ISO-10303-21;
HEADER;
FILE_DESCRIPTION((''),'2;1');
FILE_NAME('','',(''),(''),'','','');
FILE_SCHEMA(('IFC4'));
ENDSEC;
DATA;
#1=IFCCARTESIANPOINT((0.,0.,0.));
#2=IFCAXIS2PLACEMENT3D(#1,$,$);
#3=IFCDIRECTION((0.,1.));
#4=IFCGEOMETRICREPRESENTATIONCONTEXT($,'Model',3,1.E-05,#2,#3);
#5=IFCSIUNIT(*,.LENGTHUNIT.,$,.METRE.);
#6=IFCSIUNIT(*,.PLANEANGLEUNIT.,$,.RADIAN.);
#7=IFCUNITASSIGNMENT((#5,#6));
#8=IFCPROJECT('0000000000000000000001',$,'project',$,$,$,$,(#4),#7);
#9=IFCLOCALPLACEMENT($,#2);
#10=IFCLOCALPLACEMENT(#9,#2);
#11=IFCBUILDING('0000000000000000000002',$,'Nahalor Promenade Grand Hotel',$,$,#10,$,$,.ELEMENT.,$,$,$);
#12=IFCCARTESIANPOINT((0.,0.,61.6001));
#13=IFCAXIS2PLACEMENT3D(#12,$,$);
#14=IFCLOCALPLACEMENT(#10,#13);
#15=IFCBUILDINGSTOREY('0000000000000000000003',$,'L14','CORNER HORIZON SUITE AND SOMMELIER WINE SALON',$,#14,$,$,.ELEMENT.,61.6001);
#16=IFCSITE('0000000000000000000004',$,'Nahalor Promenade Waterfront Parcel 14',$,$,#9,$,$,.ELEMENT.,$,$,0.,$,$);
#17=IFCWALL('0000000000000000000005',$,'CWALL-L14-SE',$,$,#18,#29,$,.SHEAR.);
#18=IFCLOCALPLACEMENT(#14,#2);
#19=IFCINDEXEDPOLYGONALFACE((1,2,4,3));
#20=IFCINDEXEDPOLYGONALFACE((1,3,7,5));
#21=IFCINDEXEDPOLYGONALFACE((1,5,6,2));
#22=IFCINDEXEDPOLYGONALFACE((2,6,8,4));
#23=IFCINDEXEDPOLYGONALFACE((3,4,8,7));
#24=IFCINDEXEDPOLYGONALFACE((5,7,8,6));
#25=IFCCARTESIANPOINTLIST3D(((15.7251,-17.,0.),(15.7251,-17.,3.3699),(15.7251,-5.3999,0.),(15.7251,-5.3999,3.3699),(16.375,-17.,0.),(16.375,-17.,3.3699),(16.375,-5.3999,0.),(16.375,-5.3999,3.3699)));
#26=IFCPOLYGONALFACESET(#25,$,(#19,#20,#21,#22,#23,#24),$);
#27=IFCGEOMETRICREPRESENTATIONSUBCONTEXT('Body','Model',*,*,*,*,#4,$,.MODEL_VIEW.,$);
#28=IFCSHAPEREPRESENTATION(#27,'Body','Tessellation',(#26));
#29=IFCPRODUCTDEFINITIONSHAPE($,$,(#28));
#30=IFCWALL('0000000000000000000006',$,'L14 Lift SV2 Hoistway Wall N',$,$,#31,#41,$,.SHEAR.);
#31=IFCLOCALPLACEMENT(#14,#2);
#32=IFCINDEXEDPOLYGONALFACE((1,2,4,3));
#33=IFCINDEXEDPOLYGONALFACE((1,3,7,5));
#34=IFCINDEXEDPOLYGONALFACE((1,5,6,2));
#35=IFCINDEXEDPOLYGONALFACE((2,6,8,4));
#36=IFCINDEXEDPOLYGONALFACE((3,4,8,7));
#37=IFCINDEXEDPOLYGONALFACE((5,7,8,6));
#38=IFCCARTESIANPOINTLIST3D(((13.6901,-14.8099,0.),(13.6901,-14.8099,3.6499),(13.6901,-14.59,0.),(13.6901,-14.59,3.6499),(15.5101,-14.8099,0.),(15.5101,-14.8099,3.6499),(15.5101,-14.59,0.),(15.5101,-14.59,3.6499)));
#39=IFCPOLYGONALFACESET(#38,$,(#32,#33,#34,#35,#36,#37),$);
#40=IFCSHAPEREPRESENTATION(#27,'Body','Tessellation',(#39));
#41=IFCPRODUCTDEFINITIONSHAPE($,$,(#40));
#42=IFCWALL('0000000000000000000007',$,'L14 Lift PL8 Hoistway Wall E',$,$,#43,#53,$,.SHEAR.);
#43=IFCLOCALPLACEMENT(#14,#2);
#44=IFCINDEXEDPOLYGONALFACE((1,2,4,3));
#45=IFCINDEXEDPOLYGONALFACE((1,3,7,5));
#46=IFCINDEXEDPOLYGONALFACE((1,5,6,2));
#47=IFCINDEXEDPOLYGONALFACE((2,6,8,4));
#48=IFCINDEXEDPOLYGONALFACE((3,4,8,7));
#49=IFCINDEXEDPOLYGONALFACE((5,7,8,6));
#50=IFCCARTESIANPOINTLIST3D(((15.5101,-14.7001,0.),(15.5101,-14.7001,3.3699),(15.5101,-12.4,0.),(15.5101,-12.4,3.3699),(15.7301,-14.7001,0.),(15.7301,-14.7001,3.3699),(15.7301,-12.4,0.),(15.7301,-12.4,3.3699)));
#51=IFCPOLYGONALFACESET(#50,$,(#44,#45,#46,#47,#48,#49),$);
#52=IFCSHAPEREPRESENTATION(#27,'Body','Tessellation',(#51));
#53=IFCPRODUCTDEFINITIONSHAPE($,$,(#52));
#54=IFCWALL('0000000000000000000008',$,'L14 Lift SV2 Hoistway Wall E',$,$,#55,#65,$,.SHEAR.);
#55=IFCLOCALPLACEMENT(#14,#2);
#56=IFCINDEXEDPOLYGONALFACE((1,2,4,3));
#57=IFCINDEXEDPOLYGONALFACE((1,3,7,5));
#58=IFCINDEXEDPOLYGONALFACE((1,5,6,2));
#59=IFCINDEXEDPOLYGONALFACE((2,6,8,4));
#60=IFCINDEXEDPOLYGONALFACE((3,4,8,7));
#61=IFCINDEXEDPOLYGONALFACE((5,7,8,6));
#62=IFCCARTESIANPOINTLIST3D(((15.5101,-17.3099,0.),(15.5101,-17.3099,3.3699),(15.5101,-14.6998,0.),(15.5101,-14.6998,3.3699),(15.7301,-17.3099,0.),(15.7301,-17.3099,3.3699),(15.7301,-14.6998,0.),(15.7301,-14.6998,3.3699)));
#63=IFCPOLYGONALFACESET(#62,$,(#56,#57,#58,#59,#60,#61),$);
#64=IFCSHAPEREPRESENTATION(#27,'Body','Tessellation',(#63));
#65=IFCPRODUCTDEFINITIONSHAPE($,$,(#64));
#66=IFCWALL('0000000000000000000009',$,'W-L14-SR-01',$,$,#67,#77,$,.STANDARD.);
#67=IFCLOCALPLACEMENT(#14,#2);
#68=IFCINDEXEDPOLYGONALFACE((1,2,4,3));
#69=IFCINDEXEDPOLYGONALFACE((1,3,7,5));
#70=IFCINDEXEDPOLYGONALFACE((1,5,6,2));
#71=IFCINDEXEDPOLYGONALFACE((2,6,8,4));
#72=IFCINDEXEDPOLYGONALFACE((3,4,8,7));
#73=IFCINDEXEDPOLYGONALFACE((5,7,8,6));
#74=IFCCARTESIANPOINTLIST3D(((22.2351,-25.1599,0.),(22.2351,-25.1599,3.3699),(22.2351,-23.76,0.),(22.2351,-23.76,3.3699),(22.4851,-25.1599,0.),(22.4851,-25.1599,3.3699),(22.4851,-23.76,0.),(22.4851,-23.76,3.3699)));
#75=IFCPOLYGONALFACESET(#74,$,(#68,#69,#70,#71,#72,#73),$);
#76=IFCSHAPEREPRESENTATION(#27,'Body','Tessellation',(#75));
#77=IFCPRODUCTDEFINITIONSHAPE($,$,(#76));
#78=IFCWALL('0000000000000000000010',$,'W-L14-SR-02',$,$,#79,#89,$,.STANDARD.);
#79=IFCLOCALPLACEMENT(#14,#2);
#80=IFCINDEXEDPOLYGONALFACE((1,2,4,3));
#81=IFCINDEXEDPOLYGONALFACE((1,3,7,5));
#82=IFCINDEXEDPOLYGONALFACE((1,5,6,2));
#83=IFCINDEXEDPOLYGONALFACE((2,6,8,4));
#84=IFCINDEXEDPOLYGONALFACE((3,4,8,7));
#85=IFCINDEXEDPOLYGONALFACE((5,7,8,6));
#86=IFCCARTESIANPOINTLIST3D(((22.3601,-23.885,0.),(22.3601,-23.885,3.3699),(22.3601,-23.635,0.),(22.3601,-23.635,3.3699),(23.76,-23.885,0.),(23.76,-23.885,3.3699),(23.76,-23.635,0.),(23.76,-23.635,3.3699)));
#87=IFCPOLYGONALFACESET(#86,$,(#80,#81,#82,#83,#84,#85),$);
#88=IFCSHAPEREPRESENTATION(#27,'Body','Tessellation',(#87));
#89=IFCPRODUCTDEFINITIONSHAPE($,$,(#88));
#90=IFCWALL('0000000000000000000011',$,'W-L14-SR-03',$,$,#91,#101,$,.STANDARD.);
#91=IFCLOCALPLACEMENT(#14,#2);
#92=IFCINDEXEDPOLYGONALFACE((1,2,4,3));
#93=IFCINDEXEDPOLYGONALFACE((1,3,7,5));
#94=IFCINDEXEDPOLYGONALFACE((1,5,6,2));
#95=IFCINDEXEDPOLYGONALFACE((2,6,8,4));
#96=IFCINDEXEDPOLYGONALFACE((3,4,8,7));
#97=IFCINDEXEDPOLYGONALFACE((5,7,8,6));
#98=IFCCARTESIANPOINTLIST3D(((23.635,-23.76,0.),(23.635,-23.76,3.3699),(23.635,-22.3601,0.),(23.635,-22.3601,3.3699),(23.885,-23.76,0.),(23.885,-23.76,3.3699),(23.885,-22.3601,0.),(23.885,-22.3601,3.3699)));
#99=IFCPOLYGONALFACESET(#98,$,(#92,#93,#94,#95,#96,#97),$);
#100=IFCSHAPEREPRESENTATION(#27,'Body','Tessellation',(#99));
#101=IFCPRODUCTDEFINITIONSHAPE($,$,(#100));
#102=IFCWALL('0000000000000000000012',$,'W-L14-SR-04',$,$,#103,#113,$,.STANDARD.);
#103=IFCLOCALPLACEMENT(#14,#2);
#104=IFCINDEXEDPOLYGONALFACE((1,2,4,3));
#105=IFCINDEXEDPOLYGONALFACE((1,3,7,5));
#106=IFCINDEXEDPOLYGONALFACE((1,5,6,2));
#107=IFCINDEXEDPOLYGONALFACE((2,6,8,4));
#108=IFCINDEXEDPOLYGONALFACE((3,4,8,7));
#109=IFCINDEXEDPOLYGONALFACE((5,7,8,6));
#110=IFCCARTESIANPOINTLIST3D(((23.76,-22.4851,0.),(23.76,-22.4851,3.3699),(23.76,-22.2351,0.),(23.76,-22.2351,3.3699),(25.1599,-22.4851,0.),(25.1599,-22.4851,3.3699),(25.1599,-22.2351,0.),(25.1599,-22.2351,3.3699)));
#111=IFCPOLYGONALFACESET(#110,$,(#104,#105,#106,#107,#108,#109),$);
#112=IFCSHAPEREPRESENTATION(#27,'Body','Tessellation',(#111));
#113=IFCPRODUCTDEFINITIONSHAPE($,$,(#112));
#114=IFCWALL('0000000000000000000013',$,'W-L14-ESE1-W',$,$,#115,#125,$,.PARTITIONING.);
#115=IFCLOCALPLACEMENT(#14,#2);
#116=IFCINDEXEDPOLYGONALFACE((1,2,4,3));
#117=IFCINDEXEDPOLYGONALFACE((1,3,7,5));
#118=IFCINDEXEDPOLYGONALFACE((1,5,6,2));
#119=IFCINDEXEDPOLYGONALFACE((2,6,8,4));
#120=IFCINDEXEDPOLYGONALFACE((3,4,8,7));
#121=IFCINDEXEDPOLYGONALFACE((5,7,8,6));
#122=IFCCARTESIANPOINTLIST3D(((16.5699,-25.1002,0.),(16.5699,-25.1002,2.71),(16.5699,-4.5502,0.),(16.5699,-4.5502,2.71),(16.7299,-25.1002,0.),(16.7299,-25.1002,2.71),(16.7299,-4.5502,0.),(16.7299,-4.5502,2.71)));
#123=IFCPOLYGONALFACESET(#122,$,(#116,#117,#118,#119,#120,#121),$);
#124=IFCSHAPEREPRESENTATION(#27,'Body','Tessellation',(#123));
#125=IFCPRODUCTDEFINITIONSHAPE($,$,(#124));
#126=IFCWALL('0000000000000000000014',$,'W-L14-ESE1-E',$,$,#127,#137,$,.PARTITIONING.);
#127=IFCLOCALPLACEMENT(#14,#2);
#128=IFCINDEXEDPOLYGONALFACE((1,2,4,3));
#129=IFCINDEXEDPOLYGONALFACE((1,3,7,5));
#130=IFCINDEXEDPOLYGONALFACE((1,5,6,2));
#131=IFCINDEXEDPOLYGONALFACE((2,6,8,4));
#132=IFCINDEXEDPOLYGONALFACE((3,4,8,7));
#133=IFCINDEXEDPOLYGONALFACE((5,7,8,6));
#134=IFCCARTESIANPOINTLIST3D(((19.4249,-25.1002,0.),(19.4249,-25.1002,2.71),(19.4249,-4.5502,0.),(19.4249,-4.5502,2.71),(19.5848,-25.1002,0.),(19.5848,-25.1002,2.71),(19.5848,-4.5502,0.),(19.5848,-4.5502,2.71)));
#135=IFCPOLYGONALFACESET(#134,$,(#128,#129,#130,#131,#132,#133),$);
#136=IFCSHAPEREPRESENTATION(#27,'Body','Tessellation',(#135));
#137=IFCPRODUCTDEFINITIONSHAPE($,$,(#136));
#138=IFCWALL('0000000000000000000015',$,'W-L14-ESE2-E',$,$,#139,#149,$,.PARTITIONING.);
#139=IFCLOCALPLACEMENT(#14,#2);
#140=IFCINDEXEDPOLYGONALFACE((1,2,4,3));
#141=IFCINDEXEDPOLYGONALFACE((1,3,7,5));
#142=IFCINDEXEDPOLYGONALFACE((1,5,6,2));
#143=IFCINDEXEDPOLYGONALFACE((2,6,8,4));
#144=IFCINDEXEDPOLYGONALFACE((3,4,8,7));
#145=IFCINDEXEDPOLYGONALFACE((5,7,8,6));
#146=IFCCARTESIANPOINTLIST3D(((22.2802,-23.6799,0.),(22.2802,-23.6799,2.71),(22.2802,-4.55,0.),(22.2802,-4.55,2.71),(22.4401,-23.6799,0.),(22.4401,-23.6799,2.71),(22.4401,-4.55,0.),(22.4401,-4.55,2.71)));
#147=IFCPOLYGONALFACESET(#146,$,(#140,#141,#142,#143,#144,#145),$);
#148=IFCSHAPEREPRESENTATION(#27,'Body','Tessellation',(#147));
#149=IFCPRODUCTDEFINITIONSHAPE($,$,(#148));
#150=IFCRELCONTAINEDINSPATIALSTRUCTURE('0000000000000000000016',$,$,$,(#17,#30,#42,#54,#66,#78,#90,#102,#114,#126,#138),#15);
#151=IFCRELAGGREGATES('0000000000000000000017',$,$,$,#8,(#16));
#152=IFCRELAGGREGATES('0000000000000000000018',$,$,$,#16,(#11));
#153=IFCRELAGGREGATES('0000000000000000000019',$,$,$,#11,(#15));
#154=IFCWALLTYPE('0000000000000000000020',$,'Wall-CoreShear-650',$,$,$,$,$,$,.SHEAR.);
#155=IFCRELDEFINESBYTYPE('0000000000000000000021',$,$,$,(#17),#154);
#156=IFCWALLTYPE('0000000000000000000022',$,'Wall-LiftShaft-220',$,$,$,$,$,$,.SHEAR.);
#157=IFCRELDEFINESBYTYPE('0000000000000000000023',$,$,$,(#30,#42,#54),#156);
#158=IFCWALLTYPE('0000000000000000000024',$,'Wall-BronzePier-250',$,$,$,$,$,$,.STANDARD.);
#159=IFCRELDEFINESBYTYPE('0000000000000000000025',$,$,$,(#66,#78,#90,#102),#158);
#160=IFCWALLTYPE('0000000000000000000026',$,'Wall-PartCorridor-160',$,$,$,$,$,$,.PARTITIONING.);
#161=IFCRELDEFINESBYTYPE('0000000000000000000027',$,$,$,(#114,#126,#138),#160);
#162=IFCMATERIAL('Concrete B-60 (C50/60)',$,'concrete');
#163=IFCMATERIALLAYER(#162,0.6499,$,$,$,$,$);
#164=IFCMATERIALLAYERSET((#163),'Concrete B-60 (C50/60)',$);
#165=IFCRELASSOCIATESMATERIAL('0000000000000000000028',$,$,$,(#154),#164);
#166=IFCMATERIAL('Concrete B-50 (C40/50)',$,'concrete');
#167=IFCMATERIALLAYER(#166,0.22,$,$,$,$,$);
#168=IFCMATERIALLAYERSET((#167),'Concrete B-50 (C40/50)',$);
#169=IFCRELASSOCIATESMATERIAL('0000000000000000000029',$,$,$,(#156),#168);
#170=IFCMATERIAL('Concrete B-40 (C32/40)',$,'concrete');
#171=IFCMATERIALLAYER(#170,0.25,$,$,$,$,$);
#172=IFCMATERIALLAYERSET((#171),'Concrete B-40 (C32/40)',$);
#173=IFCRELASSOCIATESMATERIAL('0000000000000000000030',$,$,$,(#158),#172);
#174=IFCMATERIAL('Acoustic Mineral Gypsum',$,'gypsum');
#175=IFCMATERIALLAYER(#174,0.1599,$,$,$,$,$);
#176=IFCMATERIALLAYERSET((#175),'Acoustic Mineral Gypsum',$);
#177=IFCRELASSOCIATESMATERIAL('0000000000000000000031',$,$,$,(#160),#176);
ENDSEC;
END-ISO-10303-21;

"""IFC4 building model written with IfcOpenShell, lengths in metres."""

from ifc_helpers import new_model, si_unit, direction, frame, frame_2d, origin, place, context, subcontext, project, spatial, rectangle, extrude, source, transform, mapped, material, layer, layer_set, type_object, element, save


model = new_model("IFC4")

# Units and contexts
model_context = context("Model", 3, precision=1e-05, world=origin(), true_north=direction((0.0, 1.0)))
body_context = subcontext(model_context, "Body", "Model", "MODEL_VIEW")
ifc_project = project(units=[si_unit("LENGTHUNIT", "METRE"), si_unit("PLANEANGLEUNIT", "RADIAN")], contexts=[model_context])

# Site, building, storey
site_placement = place(None, origin())
site = spatial("IfcSite", under=ifc_project, at=site_placement, Name="Nahalor Promenade Waterfront Parcel 14", CompositionType="ELEMENT", RefElevation=0.0)
building_placement = place(site_placement, origin())
building = spatial("IfcBuilding", under=site, at=building_placement, Name="Nahalor Promenade Grand Hotel", CompositionType="ELEMENT")
storey_placement = place(building_placement, frame((0.0, 0.0, 61.6001)))
storey = spatial("IfcBuildingStorey", under=building, at=storey_placement, Name="L14", Description="CORNER HORIZON SUITE AND SOMMELIER WINE SALON", CompositionType="ELEMENT", Elevation=61.6001)

# Walls
ifc_material_1 = material(Name="Concrete B-60 (C50/60)", Category="concrete")
ifc_layer_1 = layer(ifc_material_1, 0.6499)
ifc_layer_set_1 = layer_set([ifc_layer_1], Name="Concrete B-60 (C50/60)")
wall_type_1 = type_object("IfcWallType", Name="Wall-CoreShear-650", PredefinedType="SHEAR", material=ifc_layer_set_1)
shared_shape_1 = source(origin(), body_context, "Body", "SweptSolid", [
    extrude(rectangle(XDim=11.6001, YDim=0.6499, at=frame_2d((5.8, 0.0))), origin(), (0.0, 0.0, 1.0), 3.3699),
])
wall_1_placement = place(storey_placement, frame((16.05, -17.0, 0.0), z_axis=(0.0, 0.0, 1.0), x_axis=(0.0, 1.0, 0.0)))
element("IfcWall", 1, at=wall_1_placement, inside=storey, type_object=wall_type_1, Name="CWALL-L14-SE", PredefinedType="SHEAR", context=body_context, shape_type="MappedRepresentation", body=[
    mapped(shared_shape_1, transform((0.0, 0.0, 0.0), scale=1.0)),
])
ifc_material_2 = material(Name="Concrete B-50 (C40/50)", Category="concrete")
ifc_layer_2 = layer(ifc_material_2, 0.22)
ifc_layer_set_2 = layer_set([ifc_layer_2], Name="Concrete B-50 (C40/50)")
wall_type_2 = type_object("IfcWallType", Name="Wall-LiftShaft-220", PredefinedType="SHEAR", material=ifc_layer_set_2)
shared_shape_2 = source(origin(), body_context, "Body", "SweptSolid", [
    extrude(rectangle(XDim=1.8201, YDim=0.22, at=frame_2d((0.9102, 0.0))), origin(), (0.0, 0.0, 1.0), 3.6499),
])
wall_2_placement = place(storey_placement, frame((13.6899, -14.7, 0.0), z_axis=(0.0, 0.0, 1.0), x_axis=(1.0, 0.0, 0.0)))
element("IfcWall", 2, at=wall_2_placement, inside=storey, type_object=wall_type_2, Name="L14 Lift SV2 Hoistway Wall N", PredefinedType="SHEAR", context=body_context, shape_type="MappedRepresentation", body=[
    mapped(shared_shape_2, transform((0.0, 0.0, 0.0), scale=1.0)),
])
shared_shape_3 = source(origin(), body_context, "Body", "SweptSolid", [
    extrude(rectangle(XDim=2.3, YDim=0.22, at=frame_2d((1.1499, 0.0))), origin(), (0.0, 0.0, 1.0), 3.3699),
])
wall_3_placement = place(storey_placement, frame((15.6201, -14.7, 0.0), z_axis=(0.0, 0.0, 1.0), x_axis=(0.0, 1.0, 0.0)))
element("IfcWall", 3, at=wall_3_placement, inside=storey, type_object=wall_type_2, Name="L14 Lift PL8 Hoistway Wall E", PredefinedType="SHEAR", context=body_context, shape_type="MappedRepresentation", body=[
    mapped(shared_shape_3, transform((0.0, 0.0, 0.0), scale=1.0)),
])
shared_shape_4 = source(origin(), body_context, "Body", "SweptSolid", [
    extrude(rectangle(XDim=2.6101, YDim=0.22, at=frame_2d((1.3052, 0.0))), origin(), (0.0, 0.0, 1.0), 3.3699),
])
wall_4_placement = place(storey_placement, frame((15.6201, -17.3101, 0.0), z_axis=(0.0, 0.0, 1.0), x_axis=(0.0, 1.0, 0.0)))
element("IfcWall", 4, at=wall_4_placement, inside=storey, type_object=wall_type_2, Name="L14 Lift SV2 Hoistway Wall E", PredefinedType="SHEAR", context=body_context, shape_type="MappedRepresentation", body=[
    mapped(shared_shape_4, transform((0.0, 0.0, 0.0), scale=1.0)),
])
ifc_material_3 = material(Name="Concrete B-40 (C32/40)", Category="concrete")
ifc_layer_3 = layer(ifc_material_3, 0.25)
ifc_layer_set_3 = layer_set([ifc_layer_3], Name="Concrete B-40 (C32/40)")
wall_type_3 = type_object("IfcWallType", Name="Wall-BronzePier-250", PredefinedType="STANDARD", material=ifc_layer_set_3)
shared_shape_5 = source(origin(), body_context, "Body", "SweptSolid", [
    extrude(rectangle(XDim=1.3999, YDim=0.25, at=frame_2d((0.7, 0.0))), origin(), (0.0, 0.0, 1.0), 3.3699),
])
for number, where, z_axis, x_axis, name in (
    (5, (22.3601, -25.1599, 0.0), (0.0, 0.0, 1.0), (0.0, 1.0, 0.0), "W-L14-SR-01"),
    (6, (22.3601, -23.76, 0.0), (0.0, 0.0, 1.0), (1.0, 0.0, 0.0), "W-L14-SR-02"),
    (7, (23.76, -23.76, 0.0), (0.0, 0.0, 1.0), (0.0, 1.0, 0.0), "W-L14-SR-03"),
    (8, (23.76, -22.3601, 0.0), (0.0, 0.0, 1.0), (1.0, 0.0, 0.0), "W-L14-SR-04"),
):
    element("IfcWall", number, at=place(storey_placement, frame(where, z_axis=z_axis, x_axis=x_axis)), inside=storey, type_object=wall_type_3, Name=name, PredefinedType="STANDARD", context=body_context, shape_type="MappedRepresentation", body=[
        mapped(shared_shape_5, transform((0.0, 0.0, 0.0), scale=1.0)),
    ])
ifc_material_4 = material(Name="Acoustic Mineral Gypsum", Category="gypsum")
ifc_layer_4 = layer(ifc_material_4, 0.1599)
ifc_layer_set_4 = layer_set([ifc_layer_4], Name="Acoustic Mineral Gypsum")
wall_type_4 = type_object("IfcWallType", Name="Wall-PartCorridor-160", PredefinedType="PARTITIONING", material=ifc_layer_set_4)
shared_shape_6 = source(origin(), body_context, "Body", "SweptSolid", [
    extrude(rectangle(XDim=20.55, YDim=0.1599, at=frame_2d((10.2749, 0.0))), origin(), (0.0, 0.0, 1.0), 2.71),
])
for number, where, z_axis, x_axis, name in (
    (9, (16.6499, -25.1001, 0.0), (0.0, 0.0, 1.0), (0.0, 1.0, 0.0), "W-L14-ESE1-W"),
    (10, (19.5049, -25.1001, 0.0), (0.0, 0.0, 1.0), (0.0, 1.0, 0.0), "W-L14-ESE1-E"),
):
    element("IfcWall", number, at=place(storey_placement, frame(where, z_axis=z_axis, x_axis=x_axis)), inside=storey, type_object=wall_type_4, Name=name, PredefinedType="PARTITIONING", context=body_context, shape_type="MappedRepresentation", body=[
        mapped(shared_shape_6, transform((0.0, 0.0, 0.0), scale=1.0)),
    ])
shared_shape_7 = source(origin(), body_context, "Body", "SweptSolid", [
    extrude(rectangle(XDim=19.1299, YDim=0.1599, at=frame_2d((9.5649, 0.0))), origin(), (0.0, 0.0, 1.0), 2.71),
])
wall_5_placement = place(storey_placement, frame((22.3601, -23.6799, 0.0), z_axis=(0.0, 0.0, 1.0), x_axis=(0.0, 1.0, 0.0)))
element("IfcWall", 11, at=wall_5_placement, inside=storey, type_object=wall_type_4, Name="W-L14-ESE2-E", PredefinedType="PARTITIONING", context=body_context, shape_type="MappedRepresentation", body=[
    mapped(shared_shape_7, transform((0.0, 0.0, 0.0), scale=1.0)),
])

save(model, "model.ifc")
